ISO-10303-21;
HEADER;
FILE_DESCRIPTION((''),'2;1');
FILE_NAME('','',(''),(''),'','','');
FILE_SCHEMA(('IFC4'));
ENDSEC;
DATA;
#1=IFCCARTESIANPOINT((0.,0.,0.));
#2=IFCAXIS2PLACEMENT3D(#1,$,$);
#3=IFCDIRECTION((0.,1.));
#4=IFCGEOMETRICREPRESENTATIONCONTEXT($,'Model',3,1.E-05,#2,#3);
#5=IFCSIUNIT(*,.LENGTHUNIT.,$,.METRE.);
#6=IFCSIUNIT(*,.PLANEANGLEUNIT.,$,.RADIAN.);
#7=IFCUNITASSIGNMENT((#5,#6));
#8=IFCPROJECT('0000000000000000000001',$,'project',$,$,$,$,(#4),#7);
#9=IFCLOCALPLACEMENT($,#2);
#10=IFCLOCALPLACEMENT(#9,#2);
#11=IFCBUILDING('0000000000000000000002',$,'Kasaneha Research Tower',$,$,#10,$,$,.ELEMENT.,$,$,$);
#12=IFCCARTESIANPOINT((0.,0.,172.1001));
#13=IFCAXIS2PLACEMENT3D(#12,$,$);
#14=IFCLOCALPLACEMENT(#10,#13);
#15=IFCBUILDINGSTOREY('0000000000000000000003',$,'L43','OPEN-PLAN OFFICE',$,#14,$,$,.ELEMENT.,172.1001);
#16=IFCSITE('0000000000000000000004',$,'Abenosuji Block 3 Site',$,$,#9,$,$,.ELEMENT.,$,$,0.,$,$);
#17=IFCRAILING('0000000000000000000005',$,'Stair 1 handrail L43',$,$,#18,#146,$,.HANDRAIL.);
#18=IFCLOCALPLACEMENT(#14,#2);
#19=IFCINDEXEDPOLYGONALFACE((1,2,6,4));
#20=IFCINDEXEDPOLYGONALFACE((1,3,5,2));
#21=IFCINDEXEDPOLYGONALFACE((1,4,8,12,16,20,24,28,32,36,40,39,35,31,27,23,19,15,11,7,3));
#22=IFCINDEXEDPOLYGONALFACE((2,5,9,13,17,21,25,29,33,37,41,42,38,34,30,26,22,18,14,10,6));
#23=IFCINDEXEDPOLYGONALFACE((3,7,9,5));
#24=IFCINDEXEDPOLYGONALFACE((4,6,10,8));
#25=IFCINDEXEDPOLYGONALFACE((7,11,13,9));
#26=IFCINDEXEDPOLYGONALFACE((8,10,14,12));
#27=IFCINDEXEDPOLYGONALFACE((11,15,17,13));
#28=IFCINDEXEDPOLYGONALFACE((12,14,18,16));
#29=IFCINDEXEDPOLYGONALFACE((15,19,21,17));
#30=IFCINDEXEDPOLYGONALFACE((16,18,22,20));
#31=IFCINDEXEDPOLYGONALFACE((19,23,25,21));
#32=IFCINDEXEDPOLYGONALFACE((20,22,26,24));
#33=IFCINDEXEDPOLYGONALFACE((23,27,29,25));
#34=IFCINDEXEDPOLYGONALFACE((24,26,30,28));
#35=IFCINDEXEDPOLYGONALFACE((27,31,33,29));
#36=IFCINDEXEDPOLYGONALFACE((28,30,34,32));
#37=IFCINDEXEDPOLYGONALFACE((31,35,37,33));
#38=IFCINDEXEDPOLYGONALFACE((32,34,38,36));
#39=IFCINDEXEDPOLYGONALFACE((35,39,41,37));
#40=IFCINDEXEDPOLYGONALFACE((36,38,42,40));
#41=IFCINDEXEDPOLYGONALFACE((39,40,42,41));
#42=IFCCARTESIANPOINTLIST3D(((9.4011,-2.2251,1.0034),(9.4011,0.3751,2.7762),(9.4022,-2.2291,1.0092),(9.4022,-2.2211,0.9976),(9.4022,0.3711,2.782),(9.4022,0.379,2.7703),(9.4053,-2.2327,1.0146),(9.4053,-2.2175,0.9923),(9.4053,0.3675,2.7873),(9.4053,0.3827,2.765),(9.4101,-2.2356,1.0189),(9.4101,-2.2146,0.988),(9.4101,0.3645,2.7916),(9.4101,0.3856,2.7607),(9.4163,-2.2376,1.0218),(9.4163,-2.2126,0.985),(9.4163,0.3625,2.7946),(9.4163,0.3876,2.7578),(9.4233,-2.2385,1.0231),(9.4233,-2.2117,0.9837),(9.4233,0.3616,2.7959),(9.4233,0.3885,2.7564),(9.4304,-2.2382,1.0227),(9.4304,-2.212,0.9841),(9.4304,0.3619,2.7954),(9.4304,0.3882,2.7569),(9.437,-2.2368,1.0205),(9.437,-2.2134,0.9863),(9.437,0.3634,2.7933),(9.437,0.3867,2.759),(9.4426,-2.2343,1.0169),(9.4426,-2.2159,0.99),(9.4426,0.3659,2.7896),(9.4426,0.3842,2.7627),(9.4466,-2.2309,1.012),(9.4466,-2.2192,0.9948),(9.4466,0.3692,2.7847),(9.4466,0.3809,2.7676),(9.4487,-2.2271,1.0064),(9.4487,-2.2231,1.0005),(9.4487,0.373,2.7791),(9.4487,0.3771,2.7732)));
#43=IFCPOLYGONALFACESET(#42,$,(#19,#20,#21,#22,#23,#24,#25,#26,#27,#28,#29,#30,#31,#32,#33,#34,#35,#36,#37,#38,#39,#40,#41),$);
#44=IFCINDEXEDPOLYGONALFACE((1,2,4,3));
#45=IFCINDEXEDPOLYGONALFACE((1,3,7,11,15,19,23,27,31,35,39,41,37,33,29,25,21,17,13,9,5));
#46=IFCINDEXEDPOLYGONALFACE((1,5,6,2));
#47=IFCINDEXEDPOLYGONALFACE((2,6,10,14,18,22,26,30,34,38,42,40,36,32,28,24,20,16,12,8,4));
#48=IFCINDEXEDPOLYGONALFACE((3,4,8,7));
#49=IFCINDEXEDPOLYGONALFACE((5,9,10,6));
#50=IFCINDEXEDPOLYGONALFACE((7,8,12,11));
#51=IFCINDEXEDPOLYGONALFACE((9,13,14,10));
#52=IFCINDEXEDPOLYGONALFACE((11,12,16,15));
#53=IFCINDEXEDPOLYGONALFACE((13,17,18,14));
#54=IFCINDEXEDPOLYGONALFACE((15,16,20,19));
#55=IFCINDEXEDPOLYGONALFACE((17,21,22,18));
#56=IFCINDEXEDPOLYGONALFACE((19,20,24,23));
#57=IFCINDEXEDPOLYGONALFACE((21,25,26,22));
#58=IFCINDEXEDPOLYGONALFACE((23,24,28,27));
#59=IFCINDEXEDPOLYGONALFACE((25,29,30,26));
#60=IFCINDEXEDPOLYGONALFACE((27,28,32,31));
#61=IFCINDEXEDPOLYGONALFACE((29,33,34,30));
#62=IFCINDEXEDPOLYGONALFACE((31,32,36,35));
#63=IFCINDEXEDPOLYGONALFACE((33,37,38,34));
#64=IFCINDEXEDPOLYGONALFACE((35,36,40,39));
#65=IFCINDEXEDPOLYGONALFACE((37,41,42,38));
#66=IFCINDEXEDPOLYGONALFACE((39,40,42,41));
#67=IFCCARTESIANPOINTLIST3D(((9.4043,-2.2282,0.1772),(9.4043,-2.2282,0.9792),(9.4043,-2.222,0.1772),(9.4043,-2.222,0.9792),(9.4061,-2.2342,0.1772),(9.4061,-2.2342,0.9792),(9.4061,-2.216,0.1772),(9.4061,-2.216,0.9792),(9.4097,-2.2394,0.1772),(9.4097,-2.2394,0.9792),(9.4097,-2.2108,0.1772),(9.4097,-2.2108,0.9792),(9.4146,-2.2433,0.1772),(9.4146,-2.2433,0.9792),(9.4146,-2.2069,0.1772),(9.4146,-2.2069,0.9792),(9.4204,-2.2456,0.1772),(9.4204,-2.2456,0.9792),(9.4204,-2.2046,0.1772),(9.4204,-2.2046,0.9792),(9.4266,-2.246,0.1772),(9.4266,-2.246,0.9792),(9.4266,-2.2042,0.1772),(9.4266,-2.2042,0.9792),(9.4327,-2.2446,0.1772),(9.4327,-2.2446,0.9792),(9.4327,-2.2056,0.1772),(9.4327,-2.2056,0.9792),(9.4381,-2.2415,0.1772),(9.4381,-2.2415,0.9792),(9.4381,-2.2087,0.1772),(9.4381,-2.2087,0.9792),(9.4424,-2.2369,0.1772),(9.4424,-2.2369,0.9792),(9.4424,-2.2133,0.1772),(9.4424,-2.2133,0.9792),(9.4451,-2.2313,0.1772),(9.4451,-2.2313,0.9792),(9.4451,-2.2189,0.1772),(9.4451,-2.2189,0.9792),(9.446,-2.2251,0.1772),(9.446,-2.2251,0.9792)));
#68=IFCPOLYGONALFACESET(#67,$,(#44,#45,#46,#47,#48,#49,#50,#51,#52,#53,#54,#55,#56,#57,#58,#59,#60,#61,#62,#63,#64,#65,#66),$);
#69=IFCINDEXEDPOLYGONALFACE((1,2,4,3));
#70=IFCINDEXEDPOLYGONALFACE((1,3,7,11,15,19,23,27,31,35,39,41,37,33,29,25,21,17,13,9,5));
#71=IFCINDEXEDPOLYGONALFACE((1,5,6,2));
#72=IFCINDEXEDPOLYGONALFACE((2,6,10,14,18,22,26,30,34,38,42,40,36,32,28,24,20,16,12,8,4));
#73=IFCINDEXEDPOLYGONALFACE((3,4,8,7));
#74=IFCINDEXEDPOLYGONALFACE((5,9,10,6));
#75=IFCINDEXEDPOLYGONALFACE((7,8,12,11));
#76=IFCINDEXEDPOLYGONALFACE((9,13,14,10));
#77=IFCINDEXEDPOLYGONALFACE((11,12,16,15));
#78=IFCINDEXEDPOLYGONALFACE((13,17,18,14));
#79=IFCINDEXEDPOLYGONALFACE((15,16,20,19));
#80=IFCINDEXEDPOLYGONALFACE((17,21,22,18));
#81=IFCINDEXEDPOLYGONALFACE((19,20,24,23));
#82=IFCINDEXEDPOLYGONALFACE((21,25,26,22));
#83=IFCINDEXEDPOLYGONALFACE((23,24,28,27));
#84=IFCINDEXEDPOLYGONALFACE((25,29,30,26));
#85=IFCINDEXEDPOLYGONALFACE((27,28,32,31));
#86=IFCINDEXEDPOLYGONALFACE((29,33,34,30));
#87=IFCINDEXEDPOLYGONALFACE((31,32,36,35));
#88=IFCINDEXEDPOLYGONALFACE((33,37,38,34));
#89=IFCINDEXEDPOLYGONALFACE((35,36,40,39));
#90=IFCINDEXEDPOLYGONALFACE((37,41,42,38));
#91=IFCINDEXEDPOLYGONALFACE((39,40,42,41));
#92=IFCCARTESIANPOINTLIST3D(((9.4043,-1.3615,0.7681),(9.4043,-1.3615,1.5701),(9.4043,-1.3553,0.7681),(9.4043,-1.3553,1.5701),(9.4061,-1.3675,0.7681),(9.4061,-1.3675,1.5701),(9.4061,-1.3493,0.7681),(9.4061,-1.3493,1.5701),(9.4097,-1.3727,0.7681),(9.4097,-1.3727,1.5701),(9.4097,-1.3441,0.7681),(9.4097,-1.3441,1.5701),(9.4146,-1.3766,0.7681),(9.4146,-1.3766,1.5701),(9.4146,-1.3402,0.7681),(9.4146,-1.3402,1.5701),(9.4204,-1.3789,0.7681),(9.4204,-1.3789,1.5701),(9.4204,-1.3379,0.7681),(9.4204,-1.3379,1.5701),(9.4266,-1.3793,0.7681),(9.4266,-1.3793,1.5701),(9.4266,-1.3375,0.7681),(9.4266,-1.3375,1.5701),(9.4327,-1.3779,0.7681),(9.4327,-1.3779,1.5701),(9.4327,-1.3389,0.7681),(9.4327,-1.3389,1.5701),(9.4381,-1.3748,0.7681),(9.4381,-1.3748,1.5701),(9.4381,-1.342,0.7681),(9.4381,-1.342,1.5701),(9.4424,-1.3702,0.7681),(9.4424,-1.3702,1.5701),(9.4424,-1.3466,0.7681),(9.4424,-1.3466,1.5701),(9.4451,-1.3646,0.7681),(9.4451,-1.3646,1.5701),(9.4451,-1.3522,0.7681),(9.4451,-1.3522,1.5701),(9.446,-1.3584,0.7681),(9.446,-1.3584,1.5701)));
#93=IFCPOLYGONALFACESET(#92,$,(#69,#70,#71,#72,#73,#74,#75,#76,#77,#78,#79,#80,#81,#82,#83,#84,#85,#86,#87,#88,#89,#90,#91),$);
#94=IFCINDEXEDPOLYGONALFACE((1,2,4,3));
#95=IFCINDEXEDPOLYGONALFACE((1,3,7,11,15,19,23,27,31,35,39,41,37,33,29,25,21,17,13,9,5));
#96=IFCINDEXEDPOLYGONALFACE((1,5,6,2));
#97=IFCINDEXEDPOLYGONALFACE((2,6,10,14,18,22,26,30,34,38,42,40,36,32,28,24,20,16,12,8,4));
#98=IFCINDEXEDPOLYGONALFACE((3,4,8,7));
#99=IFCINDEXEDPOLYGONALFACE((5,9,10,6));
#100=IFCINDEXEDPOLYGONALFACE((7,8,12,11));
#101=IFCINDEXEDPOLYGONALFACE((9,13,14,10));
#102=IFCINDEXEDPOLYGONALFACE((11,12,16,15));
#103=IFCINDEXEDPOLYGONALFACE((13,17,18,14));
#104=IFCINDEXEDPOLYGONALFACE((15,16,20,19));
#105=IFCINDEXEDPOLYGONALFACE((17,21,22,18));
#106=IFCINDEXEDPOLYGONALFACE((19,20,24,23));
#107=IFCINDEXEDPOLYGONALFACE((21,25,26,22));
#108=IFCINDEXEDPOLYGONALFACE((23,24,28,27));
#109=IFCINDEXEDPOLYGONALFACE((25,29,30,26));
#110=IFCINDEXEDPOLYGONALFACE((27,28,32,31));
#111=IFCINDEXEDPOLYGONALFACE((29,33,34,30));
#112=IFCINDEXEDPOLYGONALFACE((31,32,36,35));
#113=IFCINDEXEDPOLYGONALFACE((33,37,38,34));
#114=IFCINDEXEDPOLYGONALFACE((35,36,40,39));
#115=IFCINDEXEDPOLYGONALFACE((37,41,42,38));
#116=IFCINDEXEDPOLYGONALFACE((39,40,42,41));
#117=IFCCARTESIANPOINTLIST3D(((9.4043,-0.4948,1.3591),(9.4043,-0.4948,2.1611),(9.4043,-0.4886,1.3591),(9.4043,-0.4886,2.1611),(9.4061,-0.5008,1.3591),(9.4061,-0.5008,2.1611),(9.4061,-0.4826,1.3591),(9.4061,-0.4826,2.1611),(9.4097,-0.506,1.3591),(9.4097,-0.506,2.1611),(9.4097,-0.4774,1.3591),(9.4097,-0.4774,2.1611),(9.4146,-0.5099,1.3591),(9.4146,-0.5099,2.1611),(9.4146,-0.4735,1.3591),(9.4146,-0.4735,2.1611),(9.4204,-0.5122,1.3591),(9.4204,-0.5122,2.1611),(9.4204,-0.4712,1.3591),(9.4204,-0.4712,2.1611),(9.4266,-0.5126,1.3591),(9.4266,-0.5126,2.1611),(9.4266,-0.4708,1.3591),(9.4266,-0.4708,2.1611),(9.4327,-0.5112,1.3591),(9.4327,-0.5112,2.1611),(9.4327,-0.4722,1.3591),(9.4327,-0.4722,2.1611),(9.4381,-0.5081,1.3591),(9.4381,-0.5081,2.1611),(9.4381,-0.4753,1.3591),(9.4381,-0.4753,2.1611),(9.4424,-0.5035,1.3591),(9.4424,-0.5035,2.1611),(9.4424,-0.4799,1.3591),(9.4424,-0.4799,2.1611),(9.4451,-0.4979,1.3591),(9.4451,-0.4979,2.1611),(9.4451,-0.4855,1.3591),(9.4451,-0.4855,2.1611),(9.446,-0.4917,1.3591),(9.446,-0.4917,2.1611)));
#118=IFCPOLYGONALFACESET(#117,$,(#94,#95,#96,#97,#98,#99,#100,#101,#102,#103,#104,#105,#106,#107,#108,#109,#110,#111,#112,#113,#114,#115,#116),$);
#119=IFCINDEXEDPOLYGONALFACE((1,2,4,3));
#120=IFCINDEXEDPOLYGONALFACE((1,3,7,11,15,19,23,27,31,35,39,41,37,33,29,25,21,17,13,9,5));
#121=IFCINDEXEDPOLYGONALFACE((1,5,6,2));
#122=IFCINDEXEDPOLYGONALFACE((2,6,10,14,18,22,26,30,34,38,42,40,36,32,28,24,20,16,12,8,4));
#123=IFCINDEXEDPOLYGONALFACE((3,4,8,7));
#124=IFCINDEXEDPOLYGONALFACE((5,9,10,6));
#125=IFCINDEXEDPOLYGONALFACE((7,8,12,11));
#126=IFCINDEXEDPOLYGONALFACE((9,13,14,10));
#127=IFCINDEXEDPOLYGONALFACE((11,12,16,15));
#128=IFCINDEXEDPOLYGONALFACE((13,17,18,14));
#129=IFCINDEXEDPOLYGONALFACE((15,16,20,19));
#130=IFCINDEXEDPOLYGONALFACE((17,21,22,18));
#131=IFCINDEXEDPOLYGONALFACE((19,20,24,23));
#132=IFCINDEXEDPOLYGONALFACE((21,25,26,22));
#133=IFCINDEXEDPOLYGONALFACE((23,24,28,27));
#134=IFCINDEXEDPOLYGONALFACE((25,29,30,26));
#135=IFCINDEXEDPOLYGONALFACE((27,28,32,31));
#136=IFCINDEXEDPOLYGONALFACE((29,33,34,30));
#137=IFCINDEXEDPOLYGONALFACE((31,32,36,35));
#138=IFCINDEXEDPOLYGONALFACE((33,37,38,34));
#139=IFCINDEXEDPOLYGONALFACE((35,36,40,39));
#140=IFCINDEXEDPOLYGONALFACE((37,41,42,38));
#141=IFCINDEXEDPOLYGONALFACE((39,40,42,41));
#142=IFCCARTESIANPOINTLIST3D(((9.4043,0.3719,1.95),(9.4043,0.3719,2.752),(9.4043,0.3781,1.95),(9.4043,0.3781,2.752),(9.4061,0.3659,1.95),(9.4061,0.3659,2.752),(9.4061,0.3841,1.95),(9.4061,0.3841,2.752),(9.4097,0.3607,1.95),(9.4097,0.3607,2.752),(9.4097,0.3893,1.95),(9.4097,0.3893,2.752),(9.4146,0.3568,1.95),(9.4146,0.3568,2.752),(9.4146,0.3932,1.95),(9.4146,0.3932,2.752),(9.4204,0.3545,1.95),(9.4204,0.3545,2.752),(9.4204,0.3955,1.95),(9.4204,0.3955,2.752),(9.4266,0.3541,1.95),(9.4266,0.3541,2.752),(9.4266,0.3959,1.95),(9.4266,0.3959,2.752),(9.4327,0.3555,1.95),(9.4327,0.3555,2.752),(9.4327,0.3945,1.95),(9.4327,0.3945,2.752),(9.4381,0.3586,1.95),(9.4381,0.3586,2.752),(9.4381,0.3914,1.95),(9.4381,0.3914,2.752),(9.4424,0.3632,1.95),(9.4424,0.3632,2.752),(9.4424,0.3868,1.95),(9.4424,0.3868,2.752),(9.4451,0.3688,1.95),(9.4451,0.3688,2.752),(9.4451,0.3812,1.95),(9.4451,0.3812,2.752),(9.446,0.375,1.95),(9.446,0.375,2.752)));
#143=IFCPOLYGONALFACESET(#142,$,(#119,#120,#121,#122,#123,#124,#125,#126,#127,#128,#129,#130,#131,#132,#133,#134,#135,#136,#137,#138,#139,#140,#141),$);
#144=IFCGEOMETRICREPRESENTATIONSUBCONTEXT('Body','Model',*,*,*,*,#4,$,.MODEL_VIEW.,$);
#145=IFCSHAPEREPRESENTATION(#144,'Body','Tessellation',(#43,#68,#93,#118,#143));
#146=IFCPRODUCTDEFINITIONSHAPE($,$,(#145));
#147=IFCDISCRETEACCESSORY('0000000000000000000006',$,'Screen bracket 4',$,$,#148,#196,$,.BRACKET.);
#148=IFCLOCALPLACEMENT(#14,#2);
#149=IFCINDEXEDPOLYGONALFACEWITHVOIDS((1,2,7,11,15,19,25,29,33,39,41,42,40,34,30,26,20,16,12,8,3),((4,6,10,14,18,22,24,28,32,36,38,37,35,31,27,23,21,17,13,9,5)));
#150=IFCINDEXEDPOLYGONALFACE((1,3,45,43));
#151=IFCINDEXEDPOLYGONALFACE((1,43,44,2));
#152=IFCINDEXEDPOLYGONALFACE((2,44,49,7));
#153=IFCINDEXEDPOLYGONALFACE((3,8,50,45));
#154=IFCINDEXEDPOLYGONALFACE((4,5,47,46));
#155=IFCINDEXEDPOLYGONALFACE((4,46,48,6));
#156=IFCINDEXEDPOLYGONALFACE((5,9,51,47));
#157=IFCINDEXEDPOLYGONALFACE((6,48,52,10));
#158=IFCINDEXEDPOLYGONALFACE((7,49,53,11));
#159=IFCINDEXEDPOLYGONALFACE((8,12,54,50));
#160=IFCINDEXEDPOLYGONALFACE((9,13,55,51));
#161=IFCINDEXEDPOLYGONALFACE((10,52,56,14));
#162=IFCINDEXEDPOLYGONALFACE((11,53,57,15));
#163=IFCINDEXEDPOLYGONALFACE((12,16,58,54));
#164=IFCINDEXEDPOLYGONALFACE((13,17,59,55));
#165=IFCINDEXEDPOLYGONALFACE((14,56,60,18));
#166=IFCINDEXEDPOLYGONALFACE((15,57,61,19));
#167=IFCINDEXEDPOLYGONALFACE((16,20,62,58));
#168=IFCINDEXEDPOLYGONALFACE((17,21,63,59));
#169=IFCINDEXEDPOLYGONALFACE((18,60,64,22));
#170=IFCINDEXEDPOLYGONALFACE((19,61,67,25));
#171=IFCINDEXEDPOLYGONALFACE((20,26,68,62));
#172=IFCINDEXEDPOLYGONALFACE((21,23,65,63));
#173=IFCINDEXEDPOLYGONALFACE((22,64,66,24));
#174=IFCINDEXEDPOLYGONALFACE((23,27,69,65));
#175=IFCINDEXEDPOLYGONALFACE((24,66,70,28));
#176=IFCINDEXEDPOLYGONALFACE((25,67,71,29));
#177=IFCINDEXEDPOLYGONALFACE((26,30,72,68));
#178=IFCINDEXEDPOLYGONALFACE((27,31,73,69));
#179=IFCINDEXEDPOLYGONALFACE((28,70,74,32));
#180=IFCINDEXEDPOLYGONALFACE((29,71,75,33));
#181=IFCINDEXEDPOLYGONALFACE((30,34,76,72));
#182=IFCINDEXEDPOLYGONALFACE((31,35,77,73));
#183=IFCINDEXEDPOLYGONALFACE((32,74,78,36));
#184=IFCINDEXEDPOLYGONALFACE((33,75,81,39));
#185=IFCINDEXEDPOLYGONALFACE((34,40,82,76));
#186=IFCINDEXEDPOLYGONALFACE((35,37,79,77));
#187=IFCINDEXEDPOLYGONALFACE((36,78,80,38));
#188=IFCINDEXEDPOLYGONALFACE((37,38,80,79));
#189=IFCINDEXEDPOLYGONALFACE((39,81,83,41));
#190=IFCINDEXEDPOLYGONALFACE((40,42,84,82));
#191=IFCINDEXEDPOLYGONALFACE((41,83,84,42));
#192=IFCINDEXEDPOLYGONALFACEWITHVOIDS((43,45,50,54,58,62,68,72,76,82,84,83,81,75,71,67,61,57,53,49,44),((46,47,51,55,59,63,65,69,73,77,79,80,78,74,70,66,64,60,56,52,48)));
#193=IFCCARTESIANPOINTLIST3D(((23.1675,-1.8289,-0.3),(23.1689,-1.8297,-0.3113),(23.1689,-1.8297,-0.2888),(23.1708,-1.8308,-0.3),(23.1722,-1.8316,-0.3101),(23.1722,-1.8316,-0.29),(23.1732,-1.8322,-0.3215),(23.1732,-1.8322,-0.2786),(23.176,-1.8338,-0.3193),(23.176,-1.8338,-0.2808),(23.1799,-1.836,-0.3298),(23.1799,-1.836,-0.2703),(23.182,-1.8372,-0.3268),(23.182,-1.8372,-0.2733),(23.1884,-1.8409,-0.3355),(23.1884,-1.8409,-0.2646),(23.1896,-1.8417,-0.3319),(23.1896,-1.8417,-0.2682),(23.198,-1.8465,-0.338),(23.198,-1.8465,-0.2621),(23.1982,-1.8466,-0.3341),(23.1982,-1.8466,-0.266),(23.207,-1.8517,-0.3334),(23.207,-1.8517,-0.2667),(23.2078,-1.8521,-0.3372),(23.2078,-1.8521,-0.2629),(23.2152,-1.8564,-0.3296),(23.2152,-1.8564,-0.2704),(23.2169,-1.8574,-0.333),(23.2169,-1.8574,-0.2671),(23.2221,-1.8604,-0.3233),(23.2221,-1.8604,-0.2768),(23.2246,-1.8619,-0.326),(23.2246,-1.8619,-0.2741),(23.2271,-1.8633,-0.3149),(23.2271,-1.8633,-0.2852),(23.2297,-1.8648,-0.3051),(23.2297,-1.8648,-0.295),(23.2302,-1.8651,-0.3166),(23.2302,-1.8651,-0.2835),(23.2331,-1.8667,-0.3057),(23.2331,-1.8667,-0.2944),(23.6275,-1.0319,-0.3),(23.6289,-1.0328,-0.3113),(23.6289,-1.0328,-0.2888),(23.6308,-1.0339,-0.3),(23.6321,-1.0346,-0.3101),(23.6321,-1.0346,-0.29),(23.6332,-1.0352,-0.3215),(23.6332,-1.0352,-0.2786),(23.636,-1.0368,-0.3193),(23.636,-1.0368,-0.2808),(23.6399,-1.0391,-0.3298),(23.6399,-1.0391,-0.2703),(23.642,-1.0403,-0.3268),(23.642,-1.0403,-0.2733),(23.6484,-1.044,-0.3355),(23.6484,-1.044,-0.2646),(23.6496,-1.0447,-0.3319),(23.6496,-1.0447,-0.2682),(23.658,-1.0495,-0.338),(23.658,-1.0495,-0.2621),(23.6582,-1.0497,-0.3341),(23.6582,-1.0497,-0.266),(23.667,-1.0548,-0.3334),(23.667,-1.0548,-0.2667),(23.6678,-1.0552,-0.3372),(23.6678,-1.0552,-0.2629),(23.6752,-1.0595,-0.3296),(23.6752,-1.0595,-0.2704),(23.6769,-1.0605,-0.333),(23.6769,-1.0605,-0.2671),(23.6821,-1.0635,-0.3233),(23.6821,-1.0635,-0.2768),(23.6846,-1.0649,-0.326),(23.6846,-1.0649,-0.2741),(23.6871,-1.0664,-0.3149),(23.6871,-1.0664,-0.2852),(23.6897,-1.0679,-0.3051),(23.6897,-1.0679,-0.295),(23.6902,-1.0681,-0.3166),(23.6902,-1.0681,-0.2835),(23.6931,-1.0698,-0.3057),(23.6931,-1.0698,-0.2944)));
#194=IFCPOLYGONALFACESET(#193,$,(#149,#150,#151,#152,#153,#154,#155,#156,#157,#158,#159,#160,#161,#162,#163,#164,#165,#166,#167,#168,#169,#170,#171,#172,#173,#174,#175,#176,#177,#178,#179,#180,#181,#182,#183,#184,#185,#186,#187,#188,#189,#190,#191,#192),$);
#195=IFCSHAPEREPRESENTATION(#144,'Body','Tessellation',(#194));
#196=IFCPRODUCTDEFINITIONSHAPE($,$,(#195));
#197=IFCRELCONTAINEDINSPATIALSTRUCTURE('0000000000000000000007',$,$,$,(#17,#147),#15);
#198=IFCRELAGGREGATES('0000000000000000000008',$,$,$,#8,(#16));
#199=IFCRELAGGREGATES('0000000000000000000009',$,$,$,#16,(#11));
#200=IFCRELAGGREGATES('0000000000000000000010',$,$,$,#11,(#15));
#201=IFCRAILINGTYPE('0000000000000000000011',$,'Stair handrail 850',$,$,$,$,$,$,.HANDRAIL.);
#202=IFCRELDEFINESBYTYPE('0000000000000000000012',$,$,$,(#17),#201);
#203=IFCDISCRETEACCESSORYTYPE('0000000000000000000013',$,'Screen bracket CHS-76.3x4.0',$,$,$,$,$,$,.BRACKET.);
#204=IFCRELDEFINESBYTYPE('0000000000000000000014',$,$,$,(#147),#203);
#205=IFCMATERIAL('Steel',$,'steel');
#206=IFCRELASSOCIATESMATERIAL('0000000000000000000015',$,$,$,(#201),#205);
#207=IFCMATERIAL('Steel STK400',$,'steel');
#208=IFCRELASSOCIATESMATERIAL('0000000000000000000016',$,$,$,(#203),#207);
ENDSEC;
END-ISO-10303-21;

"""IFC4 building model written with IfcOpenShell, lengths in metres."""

from ifc_helpers import new_model, si_unit, direction, frame, origin, origin_2d, place, context, subcontext, project, spatial, circle, hollow_circle, extrude, material, material_profile, profile_set, type_object, element, save


model = new_model("IFC4")

# Units and contexts
model_context = context("Model", 3, precision=1e-05, world=origin(), true_north=direction((0.0, 1.0)))
body_context = subcontext(model_context, "Body", "Model", "MODEL_VIEW")
ifc_project = project(units=[si_unit("LENGTHUNIT", "METRE"), si_unit("PLANEANGLEUNIT", "RADIAN")], contexts=[model_context])

# Site, building, storey
site_placement = place(None, origin())
site = spatial("IfcSite", under=ifc_project, at=site_placement, Name="Abenosuji Block 3 Site", CompositionType="ELEMENT", RefElevation=0.0)
building_placement = place(site_placement, origin())
building = spatial("IfcBuilding", under=site, at=building_placement, Name="Kasaneha Research Tower", CompositionType="ELEMENT")
storey_placement = place(building_placement, frame((0.0, 0.0, 172.1001)))
storey = spatial("IfcBuildingStorey", under=building, at=storey_placement, Name="L43", Description="OPEN-PLAN OFFICE", CompositionType="ELEMENT", Elevation=172.1001)

# Railing
ifc_material_1 = material(Name="Steel", Category="steel")
railing_type = type_object("IfcRailingType", Name="Stair handrail 850", PredefinedType="HANDRAIL", material=ifc_material_1)
railing_placement = place(storey_placement, frame((9.425, -2.2251, 0.1772)))
element("IfcRailing", 1, at=railing_placement, inside=storey, type_object=railing_type, Name="Stair 1 handrail L43", PredefinedType="HANDRAIL", context=body_context, shape_type="SweptSolid", body=[
    extrude(circle(Radius=0.0239, at=origin_2d()), frame((0.0, 0.0, 0.8262), z_axis=(0.0, 0.82624, 0.563318), x_axis=(-1.0, 0.0, 0.0)), (0.0, 0.0, 1.0), 3.147),
    extrude(circle(Radius=0.021, at=origin_2d()), origin(), (0.0, 0.0, 1.0), 0.802),
    extrude(circle(Radius=0.021, at=origin_2d()), frame((0.0, 0.8667, 0.5908)), (0.0, 0.0, 1.0), 0.802),
    extrude(circle(Radius=0.021, at=origin_2d()), frame((0.0, 1.7334, 1.1819)), (0.0, 0.0, 1.0), 0.802),
    extrude(circle(Radius=0.021, at=origin_2d()), frame((0.0, 2.6001, 1.7727)), (0.0, 0.0, 1.0), 0.802),
])

# Discrete accessory
ifc_material_2 = material(Name="Steel STK400", Category="steel")
ifc_material_profile_1 = material_profile(ifc_material_2, hollow_circle(Radius=0.0381, WallThickness=0.0039, at=origin_2d()), Name="CHS-76.3x4.0")
ifc_profile_set_1 = profile_set([ifc_material_profile_1], Name="Steel STK400")
discrete_accessory_type = type_object("IfcDiscreteAccessoryType", Name="Screen bracket CHS-76.3x4.0", PredefinedType="BRACKET", material=ifc_profile_set_1)
discrete_accessory_placement = place(storey_placement, frame((23.2004, -1.8479, -0.3), z_axis=(0.499906, 0.86608, 0.0), x_axis=(-0.86608, 0.499906, 0.0)))
element("IfcDiscreteAccessory", 2, at=discrete_accessory_placement, inside=storey, type_object=discrete_accessory_type, Name="Screen bracket 4", PredefinedType="BRACKET", context=body_context, shape_type="SweptSolid", body=[
    extrude(hollow_circle(Radius=0.0381, WallThickness=0.0039, at=origin_2d()), origin(), (0.0, 0.0, 1.0), 0.9202),
])

save(model, "model.ifc")
